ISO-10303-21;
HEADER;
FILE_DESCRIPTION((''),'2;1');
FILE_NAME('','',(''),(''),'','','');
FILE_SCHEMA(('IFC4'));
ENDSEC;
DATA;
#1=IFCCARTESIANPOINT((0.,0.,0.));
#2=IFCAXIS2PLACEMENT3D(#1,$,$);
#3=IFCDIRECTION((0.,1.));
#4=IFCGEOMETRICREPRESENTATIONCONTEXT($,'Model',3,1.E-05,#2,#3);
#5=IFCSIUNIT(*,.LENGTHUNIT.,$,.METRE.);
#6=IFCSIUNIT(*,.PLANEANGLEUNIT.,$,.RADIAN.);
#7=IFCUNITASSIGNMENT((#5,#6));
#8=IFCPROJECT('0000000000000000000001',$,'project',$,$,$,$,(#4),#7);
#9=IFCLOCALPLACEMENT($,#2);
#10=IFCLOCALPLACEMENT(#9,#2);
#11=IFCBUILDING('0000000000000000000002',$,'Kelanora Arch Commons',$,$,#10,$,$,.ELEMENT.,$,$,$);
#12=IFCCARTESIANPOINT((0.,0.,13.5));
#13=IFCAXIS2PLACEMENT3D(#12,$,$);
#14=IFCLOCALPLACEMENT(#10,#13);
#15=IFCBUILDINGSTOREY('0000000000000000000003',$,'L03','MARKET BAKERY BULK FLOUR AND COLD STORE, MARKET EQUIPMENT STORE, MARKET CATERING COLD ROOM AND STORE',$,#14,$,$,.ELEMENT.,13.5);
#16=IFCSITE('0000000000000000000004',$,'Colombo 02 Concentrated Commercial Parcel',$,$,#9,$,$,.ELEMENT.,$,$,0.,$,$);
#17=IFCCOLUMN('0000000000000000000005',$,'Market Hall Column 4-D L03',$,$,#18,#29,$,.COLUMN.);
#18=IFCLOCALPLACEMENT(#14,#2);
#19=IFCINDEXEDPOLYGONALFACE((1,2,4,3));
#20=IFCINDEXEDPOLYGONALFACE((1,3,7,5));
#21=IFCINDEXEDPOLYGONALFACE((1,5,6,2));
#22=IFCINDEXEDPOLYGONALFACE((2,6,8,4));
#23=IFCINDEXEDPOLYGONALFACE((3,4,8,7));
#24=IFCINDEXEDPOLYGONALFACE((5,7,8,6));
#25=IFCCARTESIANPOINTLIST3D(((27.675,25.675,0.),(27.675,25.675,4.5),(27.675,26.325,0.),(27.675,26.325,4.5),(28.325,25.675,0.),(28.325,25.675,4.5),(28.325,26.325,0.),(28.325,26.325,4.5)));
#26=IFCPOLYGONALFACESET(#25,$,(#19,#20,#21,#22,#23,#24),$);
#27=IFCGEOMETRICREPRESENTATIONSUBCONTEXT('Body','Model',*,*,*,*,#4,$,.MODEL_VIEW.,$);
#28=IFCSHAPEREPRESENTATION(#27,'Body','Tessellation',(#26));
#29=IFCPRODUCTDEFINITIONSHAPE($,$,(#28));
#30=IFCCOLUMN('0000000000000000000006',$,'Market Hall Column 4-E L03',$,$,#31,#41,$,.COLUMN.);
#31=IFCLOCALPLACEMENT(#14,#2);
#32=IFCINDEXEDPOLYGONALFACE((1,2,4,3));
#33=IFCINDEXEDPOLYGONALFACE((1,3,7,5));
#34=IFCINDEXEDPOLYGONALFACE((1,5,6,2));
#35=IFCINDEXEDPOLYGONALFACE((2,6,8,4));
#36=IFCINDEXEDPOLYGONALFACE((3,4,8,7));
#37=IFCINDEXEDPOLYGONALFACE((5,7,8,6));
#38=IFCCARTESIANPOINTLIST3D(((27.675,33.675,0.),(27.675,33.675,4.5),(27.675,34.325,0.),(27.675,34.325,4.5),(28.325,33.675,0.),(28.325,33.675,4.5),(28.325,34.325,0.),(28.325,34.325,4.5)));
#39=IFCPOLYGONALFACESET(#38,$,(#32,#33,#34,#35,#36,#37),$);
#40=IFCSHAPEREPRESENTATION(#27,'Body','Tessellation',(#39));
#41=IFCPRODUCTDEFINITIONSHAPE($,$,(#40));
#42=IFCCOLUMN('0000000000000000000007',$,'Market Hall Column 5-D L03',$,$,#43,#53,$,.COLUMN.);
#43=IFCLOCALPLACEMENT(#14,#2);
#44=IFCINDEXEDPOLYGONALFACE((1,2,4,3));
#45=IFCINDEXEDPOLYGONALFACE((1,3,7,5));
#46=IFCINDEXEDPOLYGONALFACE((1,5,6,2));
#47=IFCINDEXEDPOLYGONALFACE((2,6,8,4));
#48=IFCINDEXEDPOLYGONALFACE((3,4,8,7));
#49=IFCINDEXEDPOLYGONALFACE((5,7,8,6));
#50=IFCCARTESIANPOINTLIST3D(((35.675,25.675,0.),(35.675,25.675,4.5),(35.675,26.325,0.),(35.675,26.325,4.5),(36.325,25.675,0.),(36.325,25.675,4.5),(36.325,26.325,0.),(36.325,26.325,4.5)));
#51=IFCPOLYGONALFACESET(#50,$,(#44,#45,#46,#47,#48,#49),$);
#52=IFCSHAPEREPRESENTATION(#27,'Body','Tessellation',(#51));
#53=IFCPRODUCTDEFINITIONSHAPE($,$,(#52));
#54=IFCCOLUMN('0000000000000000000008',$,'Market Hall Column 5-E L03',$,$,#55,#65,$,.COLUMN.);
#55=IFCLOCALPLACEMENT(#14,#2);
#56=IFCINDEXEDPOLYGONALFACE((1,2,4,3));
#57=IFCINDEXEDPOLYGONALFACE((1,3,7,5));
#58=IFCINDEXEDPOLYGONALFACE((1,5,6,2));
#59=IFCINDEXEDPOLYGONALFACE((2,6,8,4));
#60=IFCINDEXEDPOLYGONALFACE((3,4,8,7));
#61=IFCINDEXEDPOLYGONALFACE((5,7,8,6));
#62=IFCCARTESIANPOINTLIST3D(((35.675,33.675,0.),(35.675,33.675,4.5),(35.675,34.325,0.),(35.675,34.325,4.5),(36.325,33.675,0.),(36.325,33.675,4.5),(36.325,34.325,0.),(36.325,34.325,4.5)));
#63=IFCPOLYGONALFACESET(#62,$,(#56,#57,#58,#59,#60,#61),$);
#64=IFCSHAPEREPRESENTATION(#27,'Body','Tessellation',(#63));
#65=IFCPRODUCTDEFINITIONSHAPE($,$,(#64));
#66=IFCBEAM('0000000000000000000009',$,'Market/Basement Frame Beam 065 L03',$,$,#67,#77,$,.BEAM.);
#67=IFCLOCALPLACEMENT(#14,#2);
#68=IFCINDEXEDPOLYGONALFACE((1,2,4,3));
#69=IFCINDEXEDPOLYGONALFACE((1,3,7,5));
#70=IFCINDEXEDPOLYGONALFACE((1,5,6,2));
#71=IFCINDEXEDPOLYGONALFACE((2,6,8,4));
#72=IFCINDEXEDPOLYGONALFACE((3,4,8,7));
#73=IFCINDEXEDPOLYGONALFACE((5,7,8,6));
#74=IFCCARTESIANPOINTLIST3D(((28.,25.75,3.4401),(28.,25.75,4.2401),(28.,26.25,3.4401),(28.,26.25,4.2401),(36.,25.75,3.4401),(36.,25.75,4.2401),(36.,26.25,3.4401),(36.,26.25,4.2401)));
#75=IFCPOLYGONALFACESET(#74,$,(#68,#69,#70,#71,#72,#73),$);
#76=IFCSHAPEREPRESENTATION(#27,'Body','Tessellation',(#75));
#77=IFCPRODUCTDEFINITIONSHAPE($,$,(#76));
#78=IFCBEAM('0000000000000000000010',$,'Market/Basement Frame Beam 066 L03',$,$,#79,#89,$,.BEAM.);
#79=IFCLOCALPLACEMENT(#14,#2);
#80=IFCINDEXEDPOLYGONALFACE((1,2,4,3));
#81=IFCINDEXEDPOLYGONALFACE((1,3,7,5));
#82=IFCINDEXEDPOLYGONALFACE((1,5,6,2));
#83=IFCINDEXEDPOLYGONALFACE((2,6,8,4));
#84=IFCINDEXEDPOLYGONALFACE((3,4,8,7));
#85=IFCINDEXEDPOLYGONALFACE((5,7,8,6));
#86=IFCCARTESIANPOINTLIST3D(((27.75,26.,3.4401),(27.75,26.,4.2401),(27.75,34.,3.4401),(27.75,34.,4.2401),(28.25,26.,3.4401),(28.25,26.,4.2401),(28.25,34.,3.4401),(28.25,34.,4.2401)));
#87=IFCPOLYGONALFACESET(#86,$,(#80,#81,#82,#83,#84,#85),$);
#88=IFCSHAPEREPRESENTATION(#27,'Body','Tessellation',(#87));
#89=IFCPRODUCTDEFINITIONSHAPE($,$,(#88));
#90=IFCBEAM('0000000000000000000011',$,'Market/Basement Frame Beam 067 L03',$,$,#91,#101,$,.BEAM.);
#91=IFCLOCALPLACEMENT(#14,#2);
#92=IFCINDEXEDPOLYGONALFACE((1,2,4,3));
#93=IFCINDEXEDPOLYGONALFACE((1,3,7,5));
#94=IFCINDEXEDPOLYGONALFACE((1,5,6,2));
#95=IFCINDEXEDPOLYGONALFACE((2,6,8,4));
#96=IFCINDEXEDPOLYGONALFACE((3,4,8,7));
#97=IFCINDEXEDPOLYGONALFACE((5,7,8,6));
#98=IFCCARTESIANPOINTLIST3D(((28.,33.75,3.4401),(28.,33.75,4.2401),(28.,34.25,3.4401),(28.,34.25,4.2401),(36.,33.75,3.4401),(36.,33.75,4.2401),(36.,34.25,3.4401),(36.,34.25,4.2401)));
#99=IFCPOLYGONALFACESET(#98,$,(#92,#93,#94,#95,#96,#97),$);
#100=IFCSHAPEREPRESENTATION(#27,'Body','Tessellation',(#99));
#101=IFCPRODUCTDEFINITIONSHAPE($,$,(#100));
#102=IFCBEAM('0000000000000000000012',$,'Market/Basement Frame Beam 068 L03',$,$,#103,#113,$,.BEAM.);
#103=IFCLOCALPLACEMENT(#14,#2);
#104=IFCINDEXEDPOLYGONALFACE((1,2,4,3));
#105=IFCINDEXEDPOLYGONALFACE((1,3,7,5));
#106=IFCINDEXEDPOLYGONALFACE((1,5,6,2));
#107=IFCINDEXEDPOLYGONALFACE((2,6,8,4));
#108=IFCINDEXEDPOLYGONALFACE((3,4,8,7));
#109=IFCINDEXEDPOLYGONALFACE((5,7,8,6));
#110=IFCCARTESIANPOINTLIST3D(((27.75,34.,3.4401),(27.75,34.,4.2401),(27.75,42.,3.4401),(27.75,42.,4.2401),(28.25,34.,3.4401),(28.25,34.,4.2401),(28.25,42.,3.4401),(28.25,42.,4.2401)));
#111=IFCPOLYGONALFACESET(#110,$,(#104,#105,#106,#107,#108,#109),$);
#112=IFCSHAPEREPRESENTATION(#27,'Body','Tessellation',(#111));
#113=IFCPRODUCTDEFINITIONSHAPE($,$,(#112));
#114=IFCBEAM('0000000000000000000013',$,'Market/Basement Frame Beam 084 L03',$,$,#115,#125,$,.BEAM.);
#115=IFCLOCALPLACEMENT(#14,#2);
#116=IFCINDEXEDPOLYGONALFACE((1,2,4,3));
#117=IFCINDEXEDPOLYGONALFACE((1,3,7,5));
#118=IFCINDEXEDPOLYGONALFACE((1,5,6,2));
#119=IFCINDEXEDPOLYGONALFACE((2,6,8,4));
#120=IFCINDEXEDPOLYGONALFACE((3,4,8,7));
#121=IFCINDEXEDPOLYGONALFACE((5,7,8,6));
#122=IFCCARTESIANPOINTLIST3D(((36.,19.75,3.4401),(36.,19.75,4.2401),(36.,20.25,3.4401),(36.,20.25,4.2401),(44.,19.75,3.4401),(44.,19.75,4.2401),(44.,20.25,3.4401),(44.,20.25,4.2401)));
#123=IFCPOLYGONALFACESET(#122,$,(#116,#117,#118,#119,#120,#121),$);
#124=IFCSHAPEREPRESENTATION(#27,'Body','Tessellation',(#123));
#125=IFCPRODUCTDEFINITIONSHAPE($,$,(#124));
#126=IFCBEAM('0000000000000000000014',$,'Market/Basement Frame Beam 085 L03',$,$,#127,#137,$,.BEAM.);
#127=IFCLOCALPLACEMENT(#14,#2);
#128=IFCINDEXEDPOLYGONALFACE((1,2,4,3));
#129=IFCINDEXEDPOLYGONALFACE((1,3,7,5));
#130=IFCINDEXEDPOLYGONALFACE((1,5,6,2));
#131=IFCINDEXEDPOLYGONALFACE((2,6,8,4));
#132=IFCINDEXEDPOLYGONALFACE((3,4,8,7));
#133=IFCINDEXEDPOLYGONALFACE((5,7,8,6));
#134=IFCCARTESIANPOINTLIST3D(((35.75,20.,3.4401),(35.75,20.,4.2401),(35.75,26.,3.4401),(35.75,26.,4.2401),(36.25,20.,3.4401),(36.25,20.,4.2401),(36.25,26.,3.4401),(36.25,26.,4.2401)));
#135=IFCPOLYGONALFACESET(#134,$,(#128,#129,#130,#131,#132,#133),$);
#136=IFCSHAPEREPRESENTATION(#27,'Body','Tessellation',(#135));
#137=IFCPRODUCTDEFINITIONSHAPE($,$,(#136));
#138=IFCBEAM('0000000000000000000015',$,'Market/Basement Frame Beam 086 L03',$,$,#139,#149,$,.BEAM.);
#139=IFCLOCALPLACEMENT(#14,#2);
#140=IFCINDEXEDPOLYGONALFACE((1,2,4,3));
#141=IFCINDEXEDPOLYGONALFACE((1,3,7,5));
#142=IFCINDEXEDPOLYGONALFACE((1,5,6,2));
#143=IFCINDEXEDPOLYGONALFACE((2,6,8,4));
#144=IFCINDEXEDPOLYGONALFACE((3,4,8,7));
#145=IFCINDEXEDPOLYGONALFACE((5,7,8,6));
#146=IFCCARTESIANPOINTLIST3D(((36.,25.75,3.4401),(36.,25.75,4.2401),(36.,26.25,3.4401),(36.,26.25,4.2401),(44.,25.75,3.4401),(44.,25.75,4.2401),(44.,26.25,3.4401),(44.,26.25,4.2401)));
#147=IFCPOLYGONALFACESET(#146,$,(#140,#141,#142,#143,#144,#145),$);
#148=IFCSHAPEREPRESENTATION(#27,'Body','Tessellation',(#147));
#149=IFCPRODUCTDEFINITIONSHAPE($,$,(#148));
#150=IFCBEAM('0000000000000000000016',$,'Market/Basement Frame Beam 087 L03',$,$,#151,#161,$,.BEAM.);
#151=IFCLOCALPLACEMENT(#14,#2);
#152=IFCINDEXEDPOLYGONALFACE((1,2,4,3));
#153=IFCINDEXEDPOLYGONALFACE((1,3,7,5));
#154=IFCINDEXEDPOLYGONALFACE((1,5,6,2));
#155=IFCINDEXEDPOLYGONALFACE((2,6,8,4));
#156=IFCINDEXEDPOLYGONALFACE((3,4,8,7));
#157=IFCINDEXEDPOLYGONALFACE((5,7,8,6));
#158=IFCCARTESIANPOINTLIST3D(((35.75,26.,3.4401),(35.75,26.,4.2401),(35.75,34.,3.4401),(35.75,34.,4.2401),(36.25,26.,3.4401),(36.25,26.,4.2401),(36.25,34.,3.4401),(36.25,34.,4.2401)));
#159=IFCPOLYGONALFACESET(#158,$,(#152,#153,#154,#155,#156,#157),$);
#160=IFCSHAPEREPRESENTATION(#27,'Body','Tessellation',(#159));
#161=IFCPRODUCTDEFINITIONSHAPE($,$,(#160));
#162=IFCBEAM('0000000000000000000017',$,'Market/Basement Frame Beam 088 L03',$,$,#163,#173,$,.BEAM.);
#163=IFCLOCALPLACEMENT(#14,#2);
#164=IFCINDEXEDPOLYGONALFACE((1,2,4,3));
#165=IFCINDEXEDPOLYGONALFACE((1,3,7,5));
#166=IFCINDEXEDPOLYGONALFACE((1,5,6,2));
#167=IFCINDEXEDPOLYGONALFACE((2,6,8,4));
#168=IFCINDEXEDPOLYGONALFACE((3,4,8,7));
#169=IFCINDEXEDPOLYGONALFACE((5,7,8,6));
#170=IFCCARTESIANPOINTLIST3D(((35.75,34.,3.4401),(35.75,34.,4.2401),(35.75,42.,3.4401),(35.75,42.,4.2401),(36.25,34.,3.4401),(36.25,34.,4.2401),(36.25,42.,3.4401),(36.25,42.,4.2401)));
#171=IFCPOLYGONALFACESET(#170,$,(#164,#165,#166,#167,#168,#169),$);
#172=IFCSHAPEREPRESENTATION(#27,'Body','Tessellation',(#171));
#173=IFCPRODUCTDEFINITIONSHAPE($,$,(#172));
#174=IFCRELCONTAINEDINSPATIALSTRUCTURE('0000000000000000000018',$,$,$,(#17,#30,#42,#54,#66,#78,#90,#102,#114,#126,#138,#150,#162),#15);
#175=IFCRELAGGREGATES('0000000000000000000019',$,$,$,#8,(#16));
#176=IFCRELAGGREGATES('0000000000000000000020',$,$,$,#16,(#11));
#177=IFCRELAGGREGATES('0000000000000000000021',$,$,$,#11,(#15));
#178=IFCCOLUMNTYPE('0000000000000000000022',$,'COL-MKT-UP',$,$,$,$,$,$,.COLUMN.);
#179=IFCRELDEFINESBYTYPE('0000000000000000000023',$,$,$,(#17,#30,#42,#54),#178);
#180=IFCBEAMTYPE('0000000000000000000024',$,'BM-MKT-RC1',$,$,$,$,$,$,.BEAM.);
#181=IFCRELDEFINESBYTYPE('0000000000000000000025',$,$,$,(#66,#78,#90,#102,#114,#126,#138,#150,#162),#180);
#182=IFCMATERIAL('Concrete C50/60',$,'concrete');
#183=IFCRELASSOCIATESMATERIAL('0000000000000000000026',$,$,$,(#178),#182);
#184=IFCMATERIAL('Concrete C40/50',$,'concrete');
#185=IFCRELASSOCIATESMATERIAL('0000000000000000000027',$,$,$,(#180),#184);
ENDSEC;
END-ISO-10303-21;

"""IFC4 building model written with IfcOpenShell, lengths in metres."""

from ifc_helpers import new_model, si_unit, direction, frame, origin, origin_2d, place, context, subcontext, project, spatial, rectangle, extrude, material, material_profile, profile_set, type_object, element, save


model = new_model("IFC4")

# Units and contexts
model_context = context("Model", 3, precision=1e-05, world=origin(), true_north=direction((0.0, 1.0)))
body_context = subcontext(model_context, "Body", "Model", "MODEL_VIEW")
ifc_project = project(units=[si_unit("LENGTHUNIT", "METRE"), si_unit("PLANEANGLEUNIT", "RADIAN")], contexts=[model_context])

# Site, building, storey
site_placement = place(None, origin())
site = spatial("IfcSite", under=ifc_project, at=site_placement, Name="Colombo 02 Concentrated Commercial Parcel", CompositionType="ELEMENT", RefElevation=0.0)
building_placement = place(site_placement, origin())
building = spatial("IfcBuilding", under=site, at=building_placement, Name="Kelanora Arch Commons", CompositionType="ELEMENT")
storey_placement = place(building_placement, frame((0.0, 0.0, 13.5)))
storey = spatial("IfcBuildingStorey", under=building, at=storey_placement, Name="L03", Description="MARKET BAKERY BULK FLOUR AND COLD STORE, MARKET EQUIPMENT STORE, MARKET CATERING COLD ROOM AND STORE", CompositionType="ELEMENT", Elevation=13.5)

# Columns
ifc_material_1 = material(Name="Concrete C50/60", Category="concrete")
ifc_material_profile_1 = material_profile(ifc_material_1, rectangle(XDim=0.6499, YDim=0.6499, at=origin_2d()), Name="RC650x650")
ifc_profile_set_1 = profile_set([ifc_material_profile_1], Name="Concrete C50/60")
column_type = type_object("IfcColumnType", Name="COL-MKT-UP", PredefinedType="COLUMN", material=ifc_profile_set_1)
for number, where, z_axis, x_axis, name in (
    (1, (28.0, 26.0, 0.0), (0.0, 0.0, 1.0), (1.0, 0.0, 0.0), "Market Hall Column 4-D L03"),
    (2, (28.0, 34.0, 0.0), (0.0, 0.0, 1.0), (1.0, 0.0, 0.0), "Market Hall Column 4-E L03"),
    (3, (36.0, 26.0, 0.0), (0.0, 0.0, 1.0), (1.0, 0.0, 0.0), "Market Hall Column 5-D L03"),
    (4, (36.0, 34.0, 0.0), (0.0, 0.0, 1.0), (1.0, 0.0, 0.0), "Market Hall Column 5-E L03"),
):
    element("IfcColumn", number, at=place(storey_placement, frame(where, z_axis=z_axis, x_axis=x_axis)), inside=storey, type_object=column_type, Name=name, PredefinedType="COLUMN", context=body_context, shape_type="SweptSolid", body=[
        extrude(rectangle(XDim=0.6499, YDim=0.6499, at=origin_2d()), origin(), (0.0, 0.0, 1.0), 4.5),
    ])

# Beams
ifc_material_2 = material(Name="Concrete C40/50", Category="concrete")
ifc_material_profile_2 = material_profile(ifc_material_2, rectangle(XDim=0.5, YDim=0.8, at=origin_2d()), Name="RCB500x800")
ifc_profile_set_2 = profile_set([ifc_material_profile_2], Name="Concrete C40/50")
beam_type = type_object("IfcBeamType", Name="BM-MKT-RC1", PredefinedType="BEAM", material=ifc_profile_set_2)
for number, where, z_axis, x_axis, name in (
    (5, (28.0, 26.0, 3.8401), (1.0, 0.0, 0.0), (0.0, 1.0, 0.0), "Market/Basement Frame Beam 065 L03"),
    (6, (28.0, 26.0, 3.8401), (0.0, 1.0, 0.0), (-1.0, 0.0, 0.0), "Market/Basement Frame Beam 066 L03"),
    (7, (28.0, 34.0, 3.8401), (1.0, 0.0, 0.0), (0.0, 1.0, 0.0), "Market/Basement Frame Beam 067 L03"),
    (8, (28.0, 34.0, 3.8401), (0.0, 1.0, 0.0), (-1.0, 0.0, 0.0), "Market/Basement Frame Beam 068 L03"),
    (9, (36.0, 20.0, 3.8401), (1.0, 0.0, 0.0), (0.0, 1.0, 0.0), "Market/Basement Frame Beam 084 L03"),
):
    element("IfcBeam", number, at=place(storey_placement, frame(where, z_axis=z_axis, x_axis=x_axis)), inside=storey, type_object=beam_type, Name=name, PredefinedType="BEAM", context=body_context, shape_type="SweptSolid", body=[
        extrude(rectangle(XDim=0.5, YDim=0.8, at=origin_2d()), origin(), (0.0, 0.0, 1.0), 8.0),
    ])
beam_placement = place(storey_placement, frame((36.0, 20.0, 3.8401), z_axis=(0.0, 1.0, 0.0), x_axis=(-1.0, 0.0, 0.0)))
element("IfcBeam", 10, at=beam_placement, inside=storey, type_object=beam_type, Name="Market/Basement Frame Beam 085 L03", PredefinedType="BEAM", context=body_context, shape_type="SweptSolid", body=[
    extrude(rectangle(XDim=0.5, YDim=0.8, at=origin_2d()), origin(), (0.0, 0.0, 1.0), 6.0),
])
for number, where, z_axis, x_axis, name in (
    (11, (36.0, 26.0, 3.8401), (1.0, 0.0, 0.0), (0.0, 1.0, 0.0), "Market/Basement Frame Beam 086 L03"),
    (12, (36.0, 26.0, 3.8401), (0.0, 1.0, 0.0), (-1.0, 0.0, 0.0), "Market/Basement Frame Beam 087 L03"),
    (13, (36.0, 34.0, 3.8401), (0.0, 1.0, 0.0), (-1.0, 0.0, 0.0), "Market/Basement Frame Beam 088 L03"),
):
    element("IfcBeam", number, at=place(storey_placement, frame(where, z_axis=z_axis, x_axis=x_axis)), inside=storey, type_object=beam_type, Name=name, PredefinedType="BEAM", context=body_context, shape_type="SweptSolid", body=[
        extrude(rectangle(XDim=0.5, YDim=0.8, at=origin_2d()), origin(), (0.0, 0.0, 1.0), 8.0),
    ])

save(model, "model.ifc")
